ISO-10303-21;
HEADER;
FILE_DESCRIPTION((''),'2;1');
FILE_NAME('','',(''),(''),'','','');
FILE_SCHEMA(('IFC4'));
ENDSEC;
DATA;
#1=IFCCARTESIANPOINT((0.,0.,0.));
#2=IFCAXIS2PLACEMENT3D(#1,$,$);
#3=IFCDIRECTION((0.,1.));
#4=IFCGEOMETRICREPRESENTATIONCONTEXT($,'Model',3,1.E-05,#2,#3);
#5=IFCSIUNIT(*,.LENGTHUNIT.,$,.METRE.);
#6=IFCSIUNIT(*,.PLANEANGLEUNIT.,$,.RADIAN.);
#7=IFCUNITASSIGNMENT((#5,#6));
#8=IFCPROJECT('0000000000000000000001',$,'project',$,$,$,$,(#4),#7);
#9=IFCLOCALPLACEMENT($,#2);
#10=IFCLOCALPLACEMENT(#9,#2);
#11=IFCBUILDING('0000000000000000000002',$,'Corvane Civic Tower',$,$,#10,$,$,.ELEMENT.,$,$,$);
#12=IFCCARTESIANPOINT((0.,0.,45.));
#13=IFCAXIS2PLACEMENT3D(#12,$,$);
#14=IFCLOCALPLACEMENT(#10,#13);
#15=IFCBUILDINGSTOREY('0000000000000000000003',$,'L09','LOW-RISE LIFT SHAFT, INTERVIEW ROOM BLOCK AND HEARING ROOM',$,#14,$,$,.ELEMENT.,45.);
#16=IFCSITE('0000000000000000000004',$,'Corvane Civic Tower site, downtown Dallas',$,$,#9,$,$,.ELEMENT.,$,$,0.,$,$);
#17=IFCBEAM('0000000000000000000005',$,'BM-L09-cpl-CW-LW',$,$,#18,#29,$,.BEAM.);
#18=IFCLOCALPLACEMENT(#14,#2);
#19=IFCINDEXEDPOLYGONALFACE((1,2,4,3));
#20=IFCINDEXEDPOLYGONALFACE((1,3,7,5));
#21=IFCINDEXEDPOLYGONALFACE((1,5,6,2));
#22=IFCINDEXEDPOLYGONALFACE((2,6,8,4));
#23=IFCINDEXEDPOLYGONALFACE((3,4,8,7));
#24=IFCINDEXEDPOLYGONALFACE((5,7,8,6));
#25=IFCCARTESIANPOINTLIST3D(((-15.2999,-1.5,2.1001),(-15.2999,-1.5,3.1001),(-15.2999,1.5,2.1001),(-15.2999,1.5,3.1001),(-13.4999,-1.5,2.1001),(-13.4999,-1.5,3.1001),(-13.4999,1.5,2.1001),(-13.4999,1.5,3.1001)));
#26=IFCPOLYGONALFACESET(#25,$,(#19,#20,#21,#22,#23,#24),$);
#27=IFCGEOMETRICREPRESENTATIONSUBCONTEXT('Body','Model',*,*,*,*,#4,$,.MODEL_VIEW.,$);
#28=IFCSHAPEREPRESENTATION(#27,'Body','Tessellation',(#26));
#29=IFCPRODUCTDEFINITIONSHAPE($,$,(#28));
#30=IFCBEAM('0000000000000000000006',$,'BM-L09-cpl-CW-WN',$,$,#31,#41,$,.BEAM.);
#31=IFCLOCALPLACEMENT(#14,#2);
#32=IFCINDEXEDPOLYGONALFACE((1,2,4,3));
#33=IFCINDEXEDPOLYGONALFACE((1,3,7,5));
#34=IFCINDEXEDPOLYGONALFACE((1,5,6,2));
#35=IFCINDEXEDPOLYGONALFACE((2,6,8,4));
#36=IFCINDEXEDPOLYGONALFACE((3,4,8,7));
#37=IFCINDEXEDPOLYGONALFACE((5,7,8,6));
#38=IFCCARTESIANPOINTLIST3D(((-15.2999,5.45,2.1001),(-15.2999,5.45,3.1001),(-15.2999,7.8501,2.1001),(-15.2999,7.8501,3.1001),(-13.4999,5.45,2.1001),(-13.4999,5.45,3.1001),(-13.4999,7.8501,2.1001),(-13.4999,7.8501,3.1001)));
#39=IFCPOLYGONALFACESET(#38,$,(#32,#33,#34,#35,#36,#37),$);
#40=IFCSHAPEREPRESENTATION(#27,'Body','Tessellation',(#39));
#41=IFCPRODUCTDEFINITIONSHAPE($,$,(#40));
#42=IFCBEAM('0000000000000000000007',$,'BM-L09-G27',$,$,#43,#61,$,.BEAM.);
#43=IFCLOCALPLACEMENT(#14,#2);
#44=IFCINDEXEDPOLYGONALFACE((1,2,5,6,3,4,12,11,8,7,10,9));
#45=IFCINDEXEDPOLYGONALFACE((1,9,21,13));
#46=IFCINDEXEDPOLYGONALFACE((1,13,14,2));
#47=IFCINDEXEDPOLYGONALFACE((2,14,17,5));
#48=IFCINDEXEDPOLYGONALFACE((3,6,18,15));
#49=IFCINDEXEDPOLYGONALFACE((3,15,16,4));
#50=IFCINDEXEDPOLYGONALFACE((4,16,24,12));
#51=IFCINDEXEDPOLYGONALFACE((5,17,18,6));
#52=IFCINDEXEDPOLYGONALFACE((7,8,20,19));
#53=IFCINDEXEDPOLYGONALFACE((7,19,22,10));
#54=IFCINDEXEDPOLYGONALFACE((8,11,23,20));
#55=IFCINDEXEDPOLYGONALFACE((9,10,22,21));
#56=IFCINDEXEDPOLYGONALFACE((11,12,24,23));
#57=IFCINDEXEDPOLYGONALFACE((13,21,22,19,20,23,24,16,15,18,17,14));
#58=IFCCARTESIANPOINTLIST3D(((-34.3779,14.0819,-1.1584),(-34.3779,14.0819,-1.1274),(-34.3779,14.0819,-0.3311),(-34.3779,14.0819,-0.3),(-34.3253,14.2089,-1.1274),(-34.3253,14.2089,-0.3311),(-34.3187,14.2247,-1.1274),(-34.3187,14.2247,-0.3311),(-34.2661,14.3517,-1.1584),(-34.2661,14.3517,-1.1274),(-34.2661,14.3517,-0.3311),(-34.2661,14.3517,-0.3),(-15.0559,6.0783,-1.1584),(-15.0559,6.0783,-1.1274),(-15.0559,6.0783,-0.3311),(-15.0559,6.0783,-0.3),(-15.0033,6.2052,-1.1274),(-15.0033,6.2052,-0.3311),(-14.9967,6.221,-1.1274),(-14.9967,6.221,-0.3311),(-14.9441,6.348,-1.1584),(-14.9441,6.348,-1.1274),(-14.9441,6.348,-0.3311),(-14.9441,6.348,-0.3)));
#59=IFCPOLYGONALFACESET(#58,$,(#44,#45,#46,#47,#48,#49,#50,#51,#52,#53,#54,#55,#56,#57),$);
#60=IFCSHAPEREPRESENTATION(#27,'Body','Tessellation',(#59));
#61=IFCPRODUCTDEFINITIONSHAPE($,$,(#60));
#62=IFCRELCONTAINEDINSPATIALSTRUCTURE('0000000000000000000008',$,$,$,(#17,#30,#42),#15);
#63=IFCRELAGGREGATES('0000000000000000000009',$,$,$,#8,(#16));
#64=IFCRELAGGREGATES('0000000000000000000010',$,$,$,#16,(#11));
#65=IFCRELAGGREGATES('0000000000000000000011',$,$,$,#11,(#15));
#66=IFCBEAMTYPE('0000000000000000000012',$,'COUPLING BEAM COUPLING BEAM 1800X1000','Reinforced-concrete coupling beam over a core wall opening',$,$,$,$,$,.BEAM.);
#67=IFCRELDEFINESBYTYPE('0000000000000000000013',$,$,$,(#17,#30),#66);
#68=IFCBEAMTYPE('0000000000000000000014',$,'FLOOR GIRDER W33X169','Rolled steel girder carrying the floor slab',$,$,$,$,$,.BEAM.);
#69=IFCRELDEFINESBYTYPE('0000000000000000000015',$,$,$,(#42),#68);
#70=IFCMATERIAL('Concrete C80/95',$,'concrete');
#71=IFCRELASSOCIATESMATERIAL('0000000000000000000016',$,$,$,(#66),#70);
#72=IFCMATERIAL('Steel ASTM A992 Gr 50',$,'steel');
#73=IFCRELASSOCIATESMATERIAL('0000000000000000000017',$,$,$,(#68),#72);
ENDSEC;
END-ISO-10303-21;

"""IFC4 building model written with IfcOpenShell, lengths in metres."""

from ifc_helpers import new_model, si_unit, direction, frame, origin, origin_2d, place, context, subcontext, project, spatial, rectangle, i_section, extrude, material, material_profile, profile_set, type_object, element, save


model = new_model("IFC4")

# Units and contexts
model_context = context("Model", 3, precision=1e-05, world=origin(), true_north=direction((0.0, 1.0)))
body_context = subcontext(model_context, "Body", "Model", "MODEL_VIEW")
ifc_project = project(units=[si_unit("LENGTHUNIT", "METRE"), si_unit("PLANEANGLEUNIT", "RADIAN")], contexts=[model_context])

# Site, building, storey
site_placement = place(None, origin())
site = spatial("IfcSite", under=ifc_project, at=site_placement, Name="Corvane Civic Tower site, downtown Dallas", CompositionType="ELEMENT", RefElevation=0.0)
building_placement = place(site_placement, origin())
building = spatial("IfcBuilding", under=site, at=building_placement, Name="Corvane Civic Tower", CompositionType="ELEMENT")
storey_placement = place(building_placement, frame((0.0, 0.0, 45.0)))
storey = spatial("IfcBuildingStorey", under=building, at=storey_placement, Name="L09", Description="LOW-RISE LIFT SHAFT, INTERVIEW ROOM BLOCK AND HEARING ROOM", CompositionType="ELEMENT", Elevation=45.0)

# Beams
ifc_material_1 = material(Name="Concrete C80/95", Category="concrete")
ifc_material_profile_1 = material_profile(ifc_material_1, rectangle(XDim=1.8, YDim=1.0, at=origin_2d()), Name="COUPLING BEAM 1800X1000")
ifc_profile_set_1 = profile_set([ifc_material_profile_1], Name="Concrete C80/95")
beam_type_1 = type_object("IfcBeamType", Name="COUPLING BEAM COUPLING BEAM 1800X1000", Description="Reinforced-concrete coupling beam over a core wall opening", PredefinedType="BEAM", material=ifc_profile_set_1)
beam_1_placement = place(storey_placement, frame((-14.3999, -1.5, 2.6001), z_axis=(0.0, 1.0, 0.0), x_axis=(-1.0, 0.0, 0.0)))
element("IfcBeam", 1, at=beam_1_placement, inside=storey, type_object=beam_type_1, Name="BM-L09-cpl-CW-LW", PredefinedType="BEAM", context=body_context, shape_type="SweptSolid", body=[
    extrude(rectangle(XDim=1.8, YDim=1.0, at=origin_2d()), origin(), (0.0, 0.0, 1.0), 3.0),
])
beam_2_placement = place(storey_placement, frame((-14.3999, 5.45, 2.6001), z_axis=(0.0, 1.0, 0.0), x_axis=(-1.0, 0.0, 0.0)))
element("IfcBeam", 2, at=beam_2_placement, inside=storey, type_object=beam_type_1, Name="BM-L09-cpl-CW-WN", PredefinedType="BEAM", context=body_context, shape_type="SweptSolid", body=[
    extrude(rectangle(XDim=1.8, YDim=1.0, at=origin_2d()), origin(), (0.0, 0.0, 1.0), 2.4001),
])
ifc_material_2 = material(Name="Steel ASTM A992 Gr 50", Category="steel")
ifc_material_profile_2 = material_profile(ifc_material_2, i_section(OverallWidth=0.292, OverallDepth=0.8584, WebThickness=0.0171, FlangeThickness=0.031, at=origin_2d()), Name="W33X169")
ifc_profile_set_2 = profile_set([ifc_material_profile_2], Name="Steel ASTM A992 Gr 50")
beam_type_2 = type_object("IfcBeamType", Name="FLOOR GIRDER W33X169", Description="Rolled steel girder carrying the floor slab", PredefinedType="BEAM", material=ifc_profile_set_2)
beam_3_placement = place(storey_placement, frame((-15.0, 6.2131, -0.7292), z_axis=(-0.923876, 0.382692, 0.0), x_axis=(-0.382692, -0.923876, 0.0)))
element("IfcBeam", 3, at=beam_3_placement, inside=storey, type_object=beam_type_2, Name="BM-L09-G27", PredefinedType="BEAM", context=body_context, shape_type="SweptSolid", body=[
    extrude(i_section(OverallWidth=0.292, OverallDepth=0.8584, WebThickness=0.0171, FlangeThickness=0.031, at=origin_2d()), origin(), (0.0, 0.0, 1.0), 20.9141),
])

save(model, "model.ifc")
